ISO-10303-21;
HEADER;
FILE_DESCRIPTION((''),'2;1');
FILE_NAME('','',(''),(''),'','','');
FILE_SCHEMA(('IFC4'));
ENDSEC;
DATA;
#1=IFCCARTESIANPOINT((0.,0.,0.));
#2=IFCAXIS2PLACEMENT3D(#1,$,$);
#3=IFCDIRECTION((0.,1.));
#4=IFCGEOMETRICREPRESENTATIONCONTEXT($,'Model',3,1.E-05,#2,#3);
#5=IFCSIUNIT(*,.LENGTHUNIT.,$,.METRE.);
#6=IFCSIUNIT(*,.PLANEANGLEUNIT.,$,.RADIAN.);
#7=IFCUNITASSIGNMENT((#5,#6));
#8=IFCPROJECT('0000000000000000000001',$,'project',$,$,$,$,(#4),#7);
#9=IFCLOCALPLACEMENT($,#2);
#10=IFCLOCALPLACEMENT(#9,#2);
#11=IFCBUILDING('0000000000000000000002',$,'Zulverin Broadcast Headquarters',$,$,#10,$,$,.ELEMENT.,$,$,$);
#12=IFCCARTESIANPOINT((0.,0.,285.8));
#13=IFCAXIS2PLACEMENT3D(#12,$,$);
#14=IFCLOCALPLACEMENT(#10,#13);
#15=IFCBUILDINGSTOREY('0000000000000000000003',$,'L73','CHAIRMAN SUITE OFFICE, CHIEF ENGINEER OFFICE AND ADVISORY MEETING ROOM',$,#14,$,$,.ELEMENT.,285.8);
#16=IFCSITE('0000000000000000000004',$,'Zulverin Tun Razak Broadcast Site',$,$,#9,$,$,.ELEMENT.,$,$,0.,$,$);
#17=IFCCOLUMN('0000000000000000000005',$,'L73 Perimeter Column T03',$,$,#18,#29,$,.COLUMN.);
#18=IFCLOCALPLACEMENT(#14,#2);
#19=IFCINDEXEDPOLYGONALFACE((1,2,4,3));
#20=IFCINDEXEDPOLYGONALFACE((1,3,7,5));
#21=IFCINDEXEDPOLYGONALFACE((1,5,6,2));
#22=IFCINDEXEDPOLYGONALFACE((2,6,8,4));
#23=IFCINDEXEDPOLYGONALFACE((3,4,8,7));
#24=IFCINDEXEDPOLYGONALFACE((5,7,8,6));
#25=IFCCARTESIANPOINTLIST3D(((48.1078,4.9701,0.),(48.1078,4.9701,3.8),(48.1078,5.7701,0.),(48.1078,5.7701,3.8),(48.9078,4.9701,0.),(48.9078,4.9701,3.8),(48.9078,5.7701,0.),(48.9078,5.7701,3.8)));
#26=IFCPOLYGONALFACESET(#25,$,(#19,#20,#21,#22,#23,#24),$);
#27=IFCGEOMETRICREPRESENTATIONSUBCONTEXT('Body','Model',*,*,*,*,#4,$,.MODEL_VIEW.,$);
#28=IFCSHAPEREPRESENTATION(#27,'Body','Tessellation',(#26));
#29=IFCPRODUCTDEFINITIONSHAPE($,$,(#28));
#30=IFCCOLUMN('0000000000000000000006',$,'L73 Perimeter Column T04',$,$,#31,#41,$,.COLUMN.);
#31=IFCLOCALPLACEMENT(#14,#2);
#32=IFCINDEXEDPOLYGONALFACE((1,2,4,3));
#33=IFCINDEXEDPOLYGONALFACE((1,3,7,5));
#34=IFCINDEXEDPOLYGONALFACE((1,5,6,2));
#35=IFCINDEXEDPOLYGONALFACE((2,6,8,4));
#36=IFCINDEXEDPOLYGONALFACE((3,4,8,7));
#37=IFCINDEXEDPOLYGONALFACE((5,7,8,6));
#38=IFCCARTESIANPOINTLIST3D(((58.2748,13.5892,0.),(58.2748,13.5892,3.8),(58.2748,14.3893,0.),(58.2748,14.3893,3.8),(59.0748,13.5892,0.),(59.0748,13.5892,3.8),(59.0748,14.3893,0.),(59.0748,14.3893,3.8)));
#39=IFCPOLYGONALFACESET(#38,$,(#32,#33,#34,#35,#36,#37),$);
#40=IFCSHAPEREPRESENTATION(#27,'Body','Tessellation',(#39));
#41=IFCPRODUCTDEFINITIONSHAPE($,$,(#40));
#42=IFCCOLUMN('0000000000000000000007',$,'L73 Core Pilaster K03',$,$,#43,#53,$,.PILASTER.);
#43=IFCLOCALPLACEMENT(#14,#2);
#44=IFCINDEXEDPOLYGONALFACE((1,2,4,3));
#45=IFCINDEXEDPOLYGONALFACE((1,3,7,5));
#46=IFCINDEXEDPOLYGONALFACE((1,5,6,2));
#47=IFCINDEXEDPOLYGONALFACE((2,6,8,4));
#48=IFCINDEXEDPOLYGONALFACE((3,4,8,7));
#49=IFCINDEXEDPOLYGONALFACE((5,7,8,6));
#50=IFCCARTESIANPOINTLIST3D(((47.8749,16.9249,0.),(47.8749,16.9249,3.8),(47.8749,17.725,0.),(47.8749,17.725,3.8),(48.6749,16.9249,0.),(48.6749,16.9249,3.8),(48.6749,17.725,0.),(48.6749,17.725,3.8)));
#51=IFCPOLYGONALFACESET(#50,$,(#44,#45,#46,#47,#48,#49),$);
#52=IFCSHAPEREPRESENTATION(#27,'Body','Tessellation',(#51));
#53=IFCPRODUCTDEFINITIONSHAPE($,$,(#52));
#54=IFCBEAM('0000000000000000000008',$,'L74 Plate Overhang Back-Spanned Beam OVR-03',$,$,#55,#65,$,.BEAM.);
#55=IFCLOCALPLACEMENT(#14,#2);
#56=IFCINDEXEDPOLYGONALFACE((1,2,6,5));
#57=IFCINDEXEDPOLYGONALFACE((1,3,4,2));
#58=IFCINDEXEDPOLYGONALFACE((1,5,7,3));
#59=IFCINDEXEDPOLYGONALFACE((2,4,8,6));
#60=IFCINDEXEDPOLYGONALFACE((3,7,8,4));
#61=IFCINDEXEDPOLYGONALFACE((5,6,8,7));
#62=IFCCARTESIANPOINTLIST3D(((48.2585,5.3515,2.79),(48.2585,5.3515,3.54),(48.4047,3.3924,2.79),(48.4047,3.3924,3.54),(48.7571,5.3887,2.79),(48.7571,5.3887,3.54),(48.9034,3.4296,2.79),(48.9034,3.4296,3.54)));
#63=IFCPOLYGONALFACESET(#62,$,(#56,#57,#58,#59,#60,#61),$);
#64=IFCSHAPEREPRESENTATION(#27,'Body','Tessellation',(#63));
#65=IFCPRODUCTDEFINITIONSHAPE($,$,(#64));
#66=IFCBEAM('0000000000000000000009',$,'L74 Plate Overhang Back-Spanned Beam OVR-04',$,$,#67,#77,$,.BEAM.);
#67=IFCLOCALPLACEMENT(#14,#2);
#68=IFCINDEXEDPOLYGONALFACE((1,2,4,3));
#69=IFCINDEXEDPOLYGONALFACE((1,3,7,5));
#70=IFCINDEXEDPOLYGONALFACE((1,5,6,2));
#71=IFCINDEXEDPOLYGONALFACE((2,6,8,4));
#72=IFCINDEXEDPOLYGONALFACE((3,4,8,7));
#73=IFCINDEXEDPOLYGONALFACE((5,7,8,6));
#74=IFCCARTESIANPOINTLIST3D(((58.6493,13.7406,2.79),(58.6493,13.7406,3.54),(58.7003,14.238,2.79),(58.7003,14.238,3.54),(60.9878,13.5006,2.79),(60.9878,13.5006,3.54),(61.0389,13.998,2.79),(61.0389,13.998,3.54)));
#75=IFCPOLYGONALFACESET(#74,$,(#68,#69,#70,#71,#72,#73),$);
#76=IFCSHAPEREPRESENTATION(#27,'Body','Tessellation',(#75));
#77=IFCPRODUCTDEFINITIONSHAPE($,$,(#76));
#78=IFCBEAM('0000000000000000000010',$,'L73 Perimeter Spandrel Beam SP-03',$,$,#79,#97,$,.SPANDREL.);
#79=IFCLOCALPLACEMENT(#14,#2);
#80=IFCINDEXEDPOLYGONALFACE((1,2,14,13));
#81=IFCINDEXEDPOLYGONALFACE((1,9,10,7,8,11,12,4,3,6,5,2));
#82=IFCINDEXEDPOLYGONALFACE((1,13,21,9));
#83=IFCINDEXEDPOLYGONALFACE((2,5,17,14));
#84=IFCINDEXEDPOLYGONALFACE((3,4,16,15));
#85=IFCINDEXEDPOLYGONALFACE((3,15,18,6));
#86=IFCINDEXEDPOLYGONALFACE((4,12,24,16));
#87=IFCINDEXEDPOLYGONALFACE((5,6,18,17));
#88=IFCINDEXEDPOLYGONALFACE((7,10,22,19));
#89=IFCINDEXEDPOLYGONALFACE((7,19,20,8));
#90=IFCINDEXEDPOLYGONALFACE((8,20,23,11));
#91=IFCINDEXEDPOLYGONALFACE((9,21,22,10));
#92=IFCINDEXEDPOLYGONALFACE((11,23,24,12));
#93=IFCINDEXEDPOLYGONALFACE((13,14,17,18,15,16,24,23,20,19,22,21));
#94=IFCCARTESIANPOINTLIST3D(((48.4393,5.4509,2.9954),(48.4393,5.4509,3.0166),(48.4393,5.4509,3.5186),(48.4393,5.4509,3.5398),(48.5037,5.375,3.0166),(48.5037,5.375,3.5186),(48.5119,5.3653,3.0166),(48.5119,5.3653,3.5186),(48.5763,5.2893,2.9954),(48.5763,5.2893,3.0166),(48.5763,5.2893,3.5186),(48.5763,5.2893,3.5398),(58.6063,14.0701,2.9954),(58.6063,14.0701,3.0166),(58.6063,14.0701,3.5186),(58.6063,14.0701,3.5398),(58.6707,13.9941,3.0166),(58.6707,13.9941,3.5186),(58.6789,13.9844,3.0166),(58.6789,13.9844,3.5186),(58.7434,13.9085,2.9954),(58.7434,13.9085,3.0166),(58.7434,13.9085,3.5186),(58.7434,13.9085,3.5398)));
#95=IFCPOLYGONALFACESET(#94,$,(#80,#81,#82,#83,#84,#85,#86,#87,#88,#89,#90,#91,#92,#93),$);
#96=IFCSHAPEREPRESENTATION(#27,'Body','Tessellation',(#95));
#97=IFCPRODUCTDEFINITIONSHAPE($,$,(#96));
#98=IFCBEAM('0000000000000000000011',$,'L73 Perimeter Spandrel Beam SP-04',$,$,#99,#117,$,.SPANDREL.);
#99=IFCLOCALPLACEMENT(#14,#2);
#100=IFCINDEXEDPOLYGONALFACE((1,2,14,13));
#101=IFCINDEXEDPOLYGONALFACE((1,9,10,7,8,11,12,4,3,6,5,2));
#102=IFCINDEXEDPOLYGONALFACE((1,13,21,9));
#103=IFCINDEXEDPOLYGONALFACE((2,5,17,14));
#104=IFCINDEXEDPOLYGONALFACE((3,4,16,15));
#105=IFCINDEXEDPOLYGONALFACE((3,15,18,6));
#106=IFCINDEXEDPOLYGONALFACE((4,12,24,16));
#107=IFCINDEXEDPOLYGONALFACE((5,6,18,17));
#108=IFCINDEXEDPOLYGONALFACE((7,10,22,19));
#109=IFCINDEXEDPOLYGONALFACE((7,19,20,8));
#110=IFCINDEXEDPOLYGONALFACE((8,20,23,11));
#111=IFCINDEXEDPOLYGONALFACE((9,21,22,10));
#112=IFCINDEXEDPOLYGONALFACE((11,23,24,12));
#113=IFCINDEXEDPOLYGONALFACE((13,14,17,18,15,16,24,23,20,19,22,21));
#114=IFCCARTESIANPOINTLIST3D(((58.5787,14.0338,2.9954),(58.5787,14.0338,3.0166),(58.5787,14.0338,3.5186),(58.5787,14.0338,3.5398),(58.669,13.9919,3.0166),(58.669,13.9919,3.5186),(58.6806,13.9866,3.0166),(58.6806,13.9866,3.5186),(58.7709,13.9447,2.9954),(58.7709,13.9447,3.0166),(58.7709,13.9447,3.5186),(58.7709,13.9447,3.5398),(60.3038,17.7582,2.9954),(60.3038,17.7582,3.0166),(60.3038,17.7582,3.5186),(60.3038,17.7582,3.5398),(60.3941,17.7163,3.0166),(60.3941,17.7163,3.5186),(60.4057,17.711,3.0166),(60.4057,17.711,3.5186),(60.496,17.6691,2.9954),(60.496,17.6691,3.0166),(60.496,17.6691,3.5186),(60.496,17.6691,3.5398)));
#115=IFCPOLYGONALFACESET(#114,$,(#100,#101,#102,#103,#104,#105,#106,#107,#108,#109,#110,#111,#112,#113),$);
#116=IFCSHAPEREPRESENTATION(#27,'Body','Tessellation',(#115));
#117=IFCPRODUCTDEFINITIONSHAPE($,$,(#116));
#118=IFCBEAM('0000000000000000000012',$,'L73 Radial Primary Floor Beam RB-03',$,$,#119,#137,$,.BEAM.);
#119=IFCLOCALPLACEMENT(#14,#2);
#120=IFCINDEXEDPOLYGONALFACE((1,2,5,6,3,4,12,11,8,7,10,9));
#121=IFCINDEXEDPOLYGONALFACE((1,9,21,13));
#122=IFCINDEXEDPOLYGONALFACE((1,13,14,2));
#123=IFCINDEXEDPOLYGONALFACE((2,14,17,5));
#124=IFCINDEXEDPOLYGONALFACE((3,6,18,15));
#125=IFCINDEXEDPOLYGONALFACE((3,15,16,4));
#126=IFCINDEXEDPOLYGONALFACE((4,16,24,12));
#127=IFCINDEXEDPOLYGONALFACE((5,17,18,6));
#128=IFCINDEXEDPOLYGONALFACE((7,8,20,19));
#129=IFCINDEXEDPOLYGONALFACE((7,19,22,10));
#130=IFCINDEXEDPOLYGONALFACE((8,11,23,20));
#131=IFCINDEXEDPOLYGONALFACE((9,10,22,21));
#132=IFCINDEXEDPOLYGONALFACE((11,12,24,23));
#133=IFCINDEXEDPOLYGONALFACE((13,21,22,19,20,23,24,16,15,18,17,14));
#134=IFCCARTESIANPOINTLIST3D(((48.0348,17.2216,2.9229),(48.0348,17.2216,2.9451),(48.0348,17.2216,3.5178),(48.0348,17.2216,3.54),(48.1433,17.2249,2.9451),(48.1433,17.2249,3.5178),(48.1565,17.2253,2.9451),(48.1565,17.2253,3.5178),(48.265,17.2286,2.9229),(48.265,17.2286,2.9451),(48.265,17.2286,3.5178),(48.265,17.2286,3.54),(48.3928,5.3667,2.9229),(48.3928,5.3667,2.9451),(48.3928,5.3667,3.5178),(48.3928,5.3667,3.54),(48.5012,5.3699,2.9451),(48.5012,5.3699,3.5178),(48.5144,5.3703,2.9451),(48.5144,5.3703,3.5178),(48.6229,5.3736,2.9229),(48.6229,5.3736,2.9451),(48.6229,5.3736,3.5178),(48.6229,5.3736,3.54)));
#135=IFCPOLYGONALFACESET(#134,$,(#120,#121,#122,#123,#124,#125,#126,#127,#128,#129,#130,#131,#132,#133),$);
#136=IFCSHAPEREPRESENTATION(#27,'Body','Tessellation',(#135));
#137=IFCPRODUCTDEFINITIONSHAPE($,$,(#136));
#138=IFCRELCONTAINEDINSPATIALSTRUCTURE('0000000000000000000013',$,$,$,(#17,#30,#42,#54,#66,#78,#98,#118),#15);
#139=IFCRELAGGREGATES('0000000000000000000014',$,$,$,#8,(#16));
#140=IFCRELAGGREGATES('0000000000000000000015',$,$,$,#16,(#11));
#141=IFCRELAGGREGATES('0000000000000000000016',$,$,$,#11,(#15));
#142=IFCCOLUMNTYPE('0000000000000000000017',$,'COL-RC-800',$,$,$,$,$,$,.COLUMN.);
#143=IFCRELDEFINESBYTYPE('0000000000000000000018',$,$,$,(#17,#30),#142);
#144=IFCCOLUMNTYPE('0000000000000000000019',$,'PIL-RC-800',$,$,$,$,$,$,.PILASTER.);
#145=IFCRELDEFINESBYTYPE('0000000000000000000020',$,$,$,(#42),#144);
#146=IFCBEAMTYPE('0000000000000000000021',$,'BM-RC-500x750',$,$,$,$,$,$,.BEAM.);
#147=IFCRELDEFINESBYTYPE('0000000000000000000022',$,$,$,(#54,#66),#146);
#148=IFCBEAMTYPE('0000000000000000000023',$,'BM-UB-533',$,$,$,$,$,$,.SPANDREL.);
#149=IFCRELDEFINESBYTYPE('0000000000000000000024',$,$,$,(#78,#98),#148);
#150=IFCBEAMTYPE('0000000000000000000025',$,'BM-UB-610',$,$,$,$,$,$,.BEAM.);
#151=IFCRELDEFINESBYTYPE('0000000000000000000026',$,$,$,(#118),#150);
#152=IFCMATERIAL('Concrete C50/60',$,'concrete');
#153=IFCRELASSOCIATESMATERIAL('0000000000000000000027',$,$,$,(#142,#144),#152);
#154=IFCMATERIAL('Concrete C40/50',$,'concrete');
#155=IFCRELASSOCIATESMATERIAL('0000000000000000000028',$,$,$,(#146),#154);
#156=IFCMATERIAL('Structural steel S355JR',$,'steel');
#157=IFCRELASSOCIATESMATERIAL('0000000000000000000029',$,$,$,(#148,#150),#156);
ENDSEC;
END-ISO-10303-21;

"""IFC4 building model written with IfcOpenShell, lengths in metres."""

from ifc_helpers import new_model, si_unit, direction, frame, origin, origin_2d, place, context, subcontext, project, spatial, rectangle, i_section, extrude, material, material_profile, profile_set, type_object, element, save


model = new_model("IFC4")

# Units and contexts
model_context = context("Model", 3, precision=1e-05, world=origin(), true_north=direction((0.0, 1.0)))
body_context = subcontext(model_context, "Body", "Model", "MODEL_VIEW")
ifc_project = project(units=[si_unit("LENGTHUNIT", "METRE"), si_unit("PLANEANGLEUNIT", "RADIAN")], contexts=[model_context])

# Site, building, storey
site_placement = place(None, origin())
site = spatial("IfcSite", under=ifc_project, at=site_placement, Name="Zulverin Tun Razak Broadcast Site", CompositionType="ELEMENT", RefElevation=0.0)
building_placement = place(site_placement, origin())
building = spatial("IfcBuilding", under=site, at=building_placement, Name="Zulverin Broadcast Headquarters", CompositionType="ELEMENT")
storey_placement = place(building_placement, frame((0.0, 0.0, 285.8)))
storey = spatial("IfcBuildingStorey", under=building, at=storey_placement, Name="L73", Description="CHAIRMAN SUITE OFFICE, CHIEF ENGINEER OFFICE AND ADVISORY MEETING ROOM", CompositionType="ELEMENT", Elevation=285.8)

# Columns
ifc_material_1 = material(Name="Concrete C50/60", Category="concrete")
ifc_material_profile_1 = material_profile(ifc_material_1, rectangle(XDim=0.8, YDim=0.8, at=origin_2d()), Name="Concrete C50/60", Category="concrete")
ifc_profile_set_1 = profile_set([ifc_material_profile_1], Name="Concrete C50/60")
column_type_1 = type_object("IfcColumnType", Name="COL-RC-800", PredefinedType="COLUMN", material=ifc_profile_set_1)
for number, where, z_axis, x_axis, name in (
    (1, (48.5078, 5.3701, 0.0), (0.0, 0.0, 1.0), (1.0, 0.0, 0.0), "L73 Perimeter Column T03"),
    (2, (58.6748, 13.9893, 0.0), (0.0, 0.0, 1.0), (1.0, 0.0, 0.0), "L73 Perimeter Column T04"),
):
    element("IfcColumn", number, at=place(storey_placement, frame(where, z_axis=z_axis, x_axis=x_axis)), inside=storey, type_object=column_type_1, Name=name, PredefinedType="COLUMN", context=body_context, shape_type="SweptSolid", body=[
        extrude(rectangle(XDim=0.8, YDim=0.8, at=origin_2d()), origin(), (0.0, 0.0, 1.0), 3.8),
    ])
ifc_material_profile_2 = material_profile(ifc_material_1, rectangle(XDim=0.8, YDim=0.8, at=origin_2d()), Name="Concrete C50/60", Category="concrete")
ifc_profile_set_2 = profile_set([ifc_material_profile_2], Name="Concrete C50/60")
column_type_2 = type_object("IfcColumnType", Name="PIL-RC-800", PredefinedType="PILASTER", material=ifc_profile_set_2)
column_placement = place(storey_placement, frame((48.2749, 17.325, 0.0), z_axis=(0.0, 0.0, 1.0), x_axis=(1.0, 0.0, 0.0)))
element("IfcColumn", 3, at=column_placement, inside=storey, type_object=column_type_2, Name="L73 Core Pilaster K03", PredefinedType="PILASTER", context=body_context, shape_type="SweptSolid", body=[
    extrude(rectangle(XDim=0.8, YDim=0.8, at=origin_2d()), origin(), (0.0, 0.0, 1.0), 3.8),
])

# Beams
ifc_material_2 = material(Name="Concrete C40/50", Category="concrete")
ifc_material_profile_3 = material_profile(ifc_material_2, rectangle(XDim=0.5, YDim=0.75, at=origin_2d()), Name="Concrete C40/50", Category="concrete")
ifc_profile_set_3 = profile_set([ifc_material_profile_3], Name="Concrete C40/50")
beam_type_1 = type_object("IfcBeamType", Name="BM-RC-500x750", PredefinedType="BEAM", material=ifc_profile_set_3)
beam_1_placement = place(storey_placement, frame((48.5078, 5.3701, 3.165), z_axis=(0.074435, -0.997226, 0.0), x_axis=(0.997226, 0.074435, 0.0)))
element("IfcBeam", 4, at=beam_1_placement, inside=storey, type_object=beam_type_1, Name="L74 Plate Overhang Back-Spanned Beam OVR-03", PredefinedType="BEAM", context=body_context, shape_type="SweptSolid", body=[
    extrude(rectangle(XDim=0.5, YDim=0.75, at=origin_2d()), origin(), (0.0, 0.0, 1.0), 1.9646),
])
beam_2_placement = place(storey_placement, frame((58.6748, 13.9893, 3.165), z_axis=(0.994776, -0.102084, 0.0), x_axis=(0.102084, 0.994776, 0.0)))
element("IfcBeam", 5, at=beam_2_placement, inside=storey, type_object=beam_type_1, Name="L74 Plate Overhang Back-Spanned Beam OVR-04", PredefinedType="BEAM", context=body_context, shape_type="SweptSolid", body=[
    extrude(rectangle(XDim=0.5, YDim=0.75, at=origin_2d()), origin(), (0.0, 0.0, 1.0), 2.3508),
])
ifc_material_3 = material(Name="Structural steel S355JR", Category="steel")
ifc_material_profile_4 = material_profile(ifc_material_3, i_section(OverallWidth=0.2119, OverallDepth=0.5444, WebThickness=0.0127, FlangeThickness=0.0212, at=origin_2d()), Name="Structural steel S355JR", Category="steel")
ifc_profile_set_4 = profile_set([ifc_material_profile_4], Name="Structural steel S355JR")
beam_type_2 = type_object("IfcBeamType", Name="BM-UB-533", PredefinedType="SPANDREL", material=ifc_profile_set_4)
beam_3_placement = place(storey_placement, frame((48.5078, 5.3701, 3.2676), z_axis=(0.762783, 0.646655, 0.0), x_axis=(-0.646655, 0.762783, 0.0)))
element("IfcBeam", 6, at=beam_3_placement, inside=storey, type_object=beam_type_2, Name="L73 Perimeter Spandrel Beam SP-03", PredefinedType="SPANDREL", context=body_context, shape_type="SweptSolid", body=[
    extrude(i_section(OverallWidth=0.2119, OverallDepth=0.5444, WebThickness=0.0127, FlangeThickness=0.0212, at=origin_2d()), origin(), (0.0, 0.0, 1.0), 13.3289),
])
beam_4_placement = place(storey_placement, frame((58.6748, 13.9893, 3.2676), z_axis=(0.420295, 0.907388, 0.0), x_axis=(-0.907388, 0.420295, 0.0)))
element("IfcBeam", 7, at=beam_4_placement, inside=storey, type_object=beam_type_2, Name="L73 Perimeter Spandrel Beam SP-04", PredefinedType="SPANDREL", context=body_context, shape_type="SweptSolid", body=[
    extrude(i_section(OverallWidth=0.2119, OverallDepth=0.5444, WebThickness=0.0127, FlangeThickness=0.0212, at=origin_2d()), origin(), (0.0, 0.0, 1.0), 4.1045),
])
ifc_material_profile_5 = material_profile(ifc_material_3, i_section(OverallWidth=0.2302, OverallDepth=0.6172, WebThickness=0.0132, FlangeThickness=0.0222, at=origin_2d()), Name="Structural steel S355JR", Category="steel")
ifc_profile_set_5 = profile_set([ifc_material_profile_5], Name="Structural steel S355JR")
beam_type_3 = type_object("IfcBeamType", Name="BM-UB-610", PredefinedType="BEAM", material=ifc_profile_set_5)
beam_5_placement = place(storey_placement, frame((48.1499, 17.2251, 3.2314), z_axis=(0.030177, -0.999545, 0.0), x_axis=(0.999545, 0.030177, 0.0)))
element("IfcBeam", 8, at=beam_5_placement, inside=storey, type_object=beam_type_3, Name="L73 Radial Primary Floor Beam RB-03", PredefinedType="BEAM", context=body_context, shape_type="SweptSolid", body=[
    extrude(i_section(OverallWidth=0.2302, OverallDepth=0.6172, WebThickness=0.0132, FlangeThickness=0.0222, at=origin_2d()), origin(), (0.0, 0.0, 1.0), 11.8604),
])

save(model, "model.ifc")
